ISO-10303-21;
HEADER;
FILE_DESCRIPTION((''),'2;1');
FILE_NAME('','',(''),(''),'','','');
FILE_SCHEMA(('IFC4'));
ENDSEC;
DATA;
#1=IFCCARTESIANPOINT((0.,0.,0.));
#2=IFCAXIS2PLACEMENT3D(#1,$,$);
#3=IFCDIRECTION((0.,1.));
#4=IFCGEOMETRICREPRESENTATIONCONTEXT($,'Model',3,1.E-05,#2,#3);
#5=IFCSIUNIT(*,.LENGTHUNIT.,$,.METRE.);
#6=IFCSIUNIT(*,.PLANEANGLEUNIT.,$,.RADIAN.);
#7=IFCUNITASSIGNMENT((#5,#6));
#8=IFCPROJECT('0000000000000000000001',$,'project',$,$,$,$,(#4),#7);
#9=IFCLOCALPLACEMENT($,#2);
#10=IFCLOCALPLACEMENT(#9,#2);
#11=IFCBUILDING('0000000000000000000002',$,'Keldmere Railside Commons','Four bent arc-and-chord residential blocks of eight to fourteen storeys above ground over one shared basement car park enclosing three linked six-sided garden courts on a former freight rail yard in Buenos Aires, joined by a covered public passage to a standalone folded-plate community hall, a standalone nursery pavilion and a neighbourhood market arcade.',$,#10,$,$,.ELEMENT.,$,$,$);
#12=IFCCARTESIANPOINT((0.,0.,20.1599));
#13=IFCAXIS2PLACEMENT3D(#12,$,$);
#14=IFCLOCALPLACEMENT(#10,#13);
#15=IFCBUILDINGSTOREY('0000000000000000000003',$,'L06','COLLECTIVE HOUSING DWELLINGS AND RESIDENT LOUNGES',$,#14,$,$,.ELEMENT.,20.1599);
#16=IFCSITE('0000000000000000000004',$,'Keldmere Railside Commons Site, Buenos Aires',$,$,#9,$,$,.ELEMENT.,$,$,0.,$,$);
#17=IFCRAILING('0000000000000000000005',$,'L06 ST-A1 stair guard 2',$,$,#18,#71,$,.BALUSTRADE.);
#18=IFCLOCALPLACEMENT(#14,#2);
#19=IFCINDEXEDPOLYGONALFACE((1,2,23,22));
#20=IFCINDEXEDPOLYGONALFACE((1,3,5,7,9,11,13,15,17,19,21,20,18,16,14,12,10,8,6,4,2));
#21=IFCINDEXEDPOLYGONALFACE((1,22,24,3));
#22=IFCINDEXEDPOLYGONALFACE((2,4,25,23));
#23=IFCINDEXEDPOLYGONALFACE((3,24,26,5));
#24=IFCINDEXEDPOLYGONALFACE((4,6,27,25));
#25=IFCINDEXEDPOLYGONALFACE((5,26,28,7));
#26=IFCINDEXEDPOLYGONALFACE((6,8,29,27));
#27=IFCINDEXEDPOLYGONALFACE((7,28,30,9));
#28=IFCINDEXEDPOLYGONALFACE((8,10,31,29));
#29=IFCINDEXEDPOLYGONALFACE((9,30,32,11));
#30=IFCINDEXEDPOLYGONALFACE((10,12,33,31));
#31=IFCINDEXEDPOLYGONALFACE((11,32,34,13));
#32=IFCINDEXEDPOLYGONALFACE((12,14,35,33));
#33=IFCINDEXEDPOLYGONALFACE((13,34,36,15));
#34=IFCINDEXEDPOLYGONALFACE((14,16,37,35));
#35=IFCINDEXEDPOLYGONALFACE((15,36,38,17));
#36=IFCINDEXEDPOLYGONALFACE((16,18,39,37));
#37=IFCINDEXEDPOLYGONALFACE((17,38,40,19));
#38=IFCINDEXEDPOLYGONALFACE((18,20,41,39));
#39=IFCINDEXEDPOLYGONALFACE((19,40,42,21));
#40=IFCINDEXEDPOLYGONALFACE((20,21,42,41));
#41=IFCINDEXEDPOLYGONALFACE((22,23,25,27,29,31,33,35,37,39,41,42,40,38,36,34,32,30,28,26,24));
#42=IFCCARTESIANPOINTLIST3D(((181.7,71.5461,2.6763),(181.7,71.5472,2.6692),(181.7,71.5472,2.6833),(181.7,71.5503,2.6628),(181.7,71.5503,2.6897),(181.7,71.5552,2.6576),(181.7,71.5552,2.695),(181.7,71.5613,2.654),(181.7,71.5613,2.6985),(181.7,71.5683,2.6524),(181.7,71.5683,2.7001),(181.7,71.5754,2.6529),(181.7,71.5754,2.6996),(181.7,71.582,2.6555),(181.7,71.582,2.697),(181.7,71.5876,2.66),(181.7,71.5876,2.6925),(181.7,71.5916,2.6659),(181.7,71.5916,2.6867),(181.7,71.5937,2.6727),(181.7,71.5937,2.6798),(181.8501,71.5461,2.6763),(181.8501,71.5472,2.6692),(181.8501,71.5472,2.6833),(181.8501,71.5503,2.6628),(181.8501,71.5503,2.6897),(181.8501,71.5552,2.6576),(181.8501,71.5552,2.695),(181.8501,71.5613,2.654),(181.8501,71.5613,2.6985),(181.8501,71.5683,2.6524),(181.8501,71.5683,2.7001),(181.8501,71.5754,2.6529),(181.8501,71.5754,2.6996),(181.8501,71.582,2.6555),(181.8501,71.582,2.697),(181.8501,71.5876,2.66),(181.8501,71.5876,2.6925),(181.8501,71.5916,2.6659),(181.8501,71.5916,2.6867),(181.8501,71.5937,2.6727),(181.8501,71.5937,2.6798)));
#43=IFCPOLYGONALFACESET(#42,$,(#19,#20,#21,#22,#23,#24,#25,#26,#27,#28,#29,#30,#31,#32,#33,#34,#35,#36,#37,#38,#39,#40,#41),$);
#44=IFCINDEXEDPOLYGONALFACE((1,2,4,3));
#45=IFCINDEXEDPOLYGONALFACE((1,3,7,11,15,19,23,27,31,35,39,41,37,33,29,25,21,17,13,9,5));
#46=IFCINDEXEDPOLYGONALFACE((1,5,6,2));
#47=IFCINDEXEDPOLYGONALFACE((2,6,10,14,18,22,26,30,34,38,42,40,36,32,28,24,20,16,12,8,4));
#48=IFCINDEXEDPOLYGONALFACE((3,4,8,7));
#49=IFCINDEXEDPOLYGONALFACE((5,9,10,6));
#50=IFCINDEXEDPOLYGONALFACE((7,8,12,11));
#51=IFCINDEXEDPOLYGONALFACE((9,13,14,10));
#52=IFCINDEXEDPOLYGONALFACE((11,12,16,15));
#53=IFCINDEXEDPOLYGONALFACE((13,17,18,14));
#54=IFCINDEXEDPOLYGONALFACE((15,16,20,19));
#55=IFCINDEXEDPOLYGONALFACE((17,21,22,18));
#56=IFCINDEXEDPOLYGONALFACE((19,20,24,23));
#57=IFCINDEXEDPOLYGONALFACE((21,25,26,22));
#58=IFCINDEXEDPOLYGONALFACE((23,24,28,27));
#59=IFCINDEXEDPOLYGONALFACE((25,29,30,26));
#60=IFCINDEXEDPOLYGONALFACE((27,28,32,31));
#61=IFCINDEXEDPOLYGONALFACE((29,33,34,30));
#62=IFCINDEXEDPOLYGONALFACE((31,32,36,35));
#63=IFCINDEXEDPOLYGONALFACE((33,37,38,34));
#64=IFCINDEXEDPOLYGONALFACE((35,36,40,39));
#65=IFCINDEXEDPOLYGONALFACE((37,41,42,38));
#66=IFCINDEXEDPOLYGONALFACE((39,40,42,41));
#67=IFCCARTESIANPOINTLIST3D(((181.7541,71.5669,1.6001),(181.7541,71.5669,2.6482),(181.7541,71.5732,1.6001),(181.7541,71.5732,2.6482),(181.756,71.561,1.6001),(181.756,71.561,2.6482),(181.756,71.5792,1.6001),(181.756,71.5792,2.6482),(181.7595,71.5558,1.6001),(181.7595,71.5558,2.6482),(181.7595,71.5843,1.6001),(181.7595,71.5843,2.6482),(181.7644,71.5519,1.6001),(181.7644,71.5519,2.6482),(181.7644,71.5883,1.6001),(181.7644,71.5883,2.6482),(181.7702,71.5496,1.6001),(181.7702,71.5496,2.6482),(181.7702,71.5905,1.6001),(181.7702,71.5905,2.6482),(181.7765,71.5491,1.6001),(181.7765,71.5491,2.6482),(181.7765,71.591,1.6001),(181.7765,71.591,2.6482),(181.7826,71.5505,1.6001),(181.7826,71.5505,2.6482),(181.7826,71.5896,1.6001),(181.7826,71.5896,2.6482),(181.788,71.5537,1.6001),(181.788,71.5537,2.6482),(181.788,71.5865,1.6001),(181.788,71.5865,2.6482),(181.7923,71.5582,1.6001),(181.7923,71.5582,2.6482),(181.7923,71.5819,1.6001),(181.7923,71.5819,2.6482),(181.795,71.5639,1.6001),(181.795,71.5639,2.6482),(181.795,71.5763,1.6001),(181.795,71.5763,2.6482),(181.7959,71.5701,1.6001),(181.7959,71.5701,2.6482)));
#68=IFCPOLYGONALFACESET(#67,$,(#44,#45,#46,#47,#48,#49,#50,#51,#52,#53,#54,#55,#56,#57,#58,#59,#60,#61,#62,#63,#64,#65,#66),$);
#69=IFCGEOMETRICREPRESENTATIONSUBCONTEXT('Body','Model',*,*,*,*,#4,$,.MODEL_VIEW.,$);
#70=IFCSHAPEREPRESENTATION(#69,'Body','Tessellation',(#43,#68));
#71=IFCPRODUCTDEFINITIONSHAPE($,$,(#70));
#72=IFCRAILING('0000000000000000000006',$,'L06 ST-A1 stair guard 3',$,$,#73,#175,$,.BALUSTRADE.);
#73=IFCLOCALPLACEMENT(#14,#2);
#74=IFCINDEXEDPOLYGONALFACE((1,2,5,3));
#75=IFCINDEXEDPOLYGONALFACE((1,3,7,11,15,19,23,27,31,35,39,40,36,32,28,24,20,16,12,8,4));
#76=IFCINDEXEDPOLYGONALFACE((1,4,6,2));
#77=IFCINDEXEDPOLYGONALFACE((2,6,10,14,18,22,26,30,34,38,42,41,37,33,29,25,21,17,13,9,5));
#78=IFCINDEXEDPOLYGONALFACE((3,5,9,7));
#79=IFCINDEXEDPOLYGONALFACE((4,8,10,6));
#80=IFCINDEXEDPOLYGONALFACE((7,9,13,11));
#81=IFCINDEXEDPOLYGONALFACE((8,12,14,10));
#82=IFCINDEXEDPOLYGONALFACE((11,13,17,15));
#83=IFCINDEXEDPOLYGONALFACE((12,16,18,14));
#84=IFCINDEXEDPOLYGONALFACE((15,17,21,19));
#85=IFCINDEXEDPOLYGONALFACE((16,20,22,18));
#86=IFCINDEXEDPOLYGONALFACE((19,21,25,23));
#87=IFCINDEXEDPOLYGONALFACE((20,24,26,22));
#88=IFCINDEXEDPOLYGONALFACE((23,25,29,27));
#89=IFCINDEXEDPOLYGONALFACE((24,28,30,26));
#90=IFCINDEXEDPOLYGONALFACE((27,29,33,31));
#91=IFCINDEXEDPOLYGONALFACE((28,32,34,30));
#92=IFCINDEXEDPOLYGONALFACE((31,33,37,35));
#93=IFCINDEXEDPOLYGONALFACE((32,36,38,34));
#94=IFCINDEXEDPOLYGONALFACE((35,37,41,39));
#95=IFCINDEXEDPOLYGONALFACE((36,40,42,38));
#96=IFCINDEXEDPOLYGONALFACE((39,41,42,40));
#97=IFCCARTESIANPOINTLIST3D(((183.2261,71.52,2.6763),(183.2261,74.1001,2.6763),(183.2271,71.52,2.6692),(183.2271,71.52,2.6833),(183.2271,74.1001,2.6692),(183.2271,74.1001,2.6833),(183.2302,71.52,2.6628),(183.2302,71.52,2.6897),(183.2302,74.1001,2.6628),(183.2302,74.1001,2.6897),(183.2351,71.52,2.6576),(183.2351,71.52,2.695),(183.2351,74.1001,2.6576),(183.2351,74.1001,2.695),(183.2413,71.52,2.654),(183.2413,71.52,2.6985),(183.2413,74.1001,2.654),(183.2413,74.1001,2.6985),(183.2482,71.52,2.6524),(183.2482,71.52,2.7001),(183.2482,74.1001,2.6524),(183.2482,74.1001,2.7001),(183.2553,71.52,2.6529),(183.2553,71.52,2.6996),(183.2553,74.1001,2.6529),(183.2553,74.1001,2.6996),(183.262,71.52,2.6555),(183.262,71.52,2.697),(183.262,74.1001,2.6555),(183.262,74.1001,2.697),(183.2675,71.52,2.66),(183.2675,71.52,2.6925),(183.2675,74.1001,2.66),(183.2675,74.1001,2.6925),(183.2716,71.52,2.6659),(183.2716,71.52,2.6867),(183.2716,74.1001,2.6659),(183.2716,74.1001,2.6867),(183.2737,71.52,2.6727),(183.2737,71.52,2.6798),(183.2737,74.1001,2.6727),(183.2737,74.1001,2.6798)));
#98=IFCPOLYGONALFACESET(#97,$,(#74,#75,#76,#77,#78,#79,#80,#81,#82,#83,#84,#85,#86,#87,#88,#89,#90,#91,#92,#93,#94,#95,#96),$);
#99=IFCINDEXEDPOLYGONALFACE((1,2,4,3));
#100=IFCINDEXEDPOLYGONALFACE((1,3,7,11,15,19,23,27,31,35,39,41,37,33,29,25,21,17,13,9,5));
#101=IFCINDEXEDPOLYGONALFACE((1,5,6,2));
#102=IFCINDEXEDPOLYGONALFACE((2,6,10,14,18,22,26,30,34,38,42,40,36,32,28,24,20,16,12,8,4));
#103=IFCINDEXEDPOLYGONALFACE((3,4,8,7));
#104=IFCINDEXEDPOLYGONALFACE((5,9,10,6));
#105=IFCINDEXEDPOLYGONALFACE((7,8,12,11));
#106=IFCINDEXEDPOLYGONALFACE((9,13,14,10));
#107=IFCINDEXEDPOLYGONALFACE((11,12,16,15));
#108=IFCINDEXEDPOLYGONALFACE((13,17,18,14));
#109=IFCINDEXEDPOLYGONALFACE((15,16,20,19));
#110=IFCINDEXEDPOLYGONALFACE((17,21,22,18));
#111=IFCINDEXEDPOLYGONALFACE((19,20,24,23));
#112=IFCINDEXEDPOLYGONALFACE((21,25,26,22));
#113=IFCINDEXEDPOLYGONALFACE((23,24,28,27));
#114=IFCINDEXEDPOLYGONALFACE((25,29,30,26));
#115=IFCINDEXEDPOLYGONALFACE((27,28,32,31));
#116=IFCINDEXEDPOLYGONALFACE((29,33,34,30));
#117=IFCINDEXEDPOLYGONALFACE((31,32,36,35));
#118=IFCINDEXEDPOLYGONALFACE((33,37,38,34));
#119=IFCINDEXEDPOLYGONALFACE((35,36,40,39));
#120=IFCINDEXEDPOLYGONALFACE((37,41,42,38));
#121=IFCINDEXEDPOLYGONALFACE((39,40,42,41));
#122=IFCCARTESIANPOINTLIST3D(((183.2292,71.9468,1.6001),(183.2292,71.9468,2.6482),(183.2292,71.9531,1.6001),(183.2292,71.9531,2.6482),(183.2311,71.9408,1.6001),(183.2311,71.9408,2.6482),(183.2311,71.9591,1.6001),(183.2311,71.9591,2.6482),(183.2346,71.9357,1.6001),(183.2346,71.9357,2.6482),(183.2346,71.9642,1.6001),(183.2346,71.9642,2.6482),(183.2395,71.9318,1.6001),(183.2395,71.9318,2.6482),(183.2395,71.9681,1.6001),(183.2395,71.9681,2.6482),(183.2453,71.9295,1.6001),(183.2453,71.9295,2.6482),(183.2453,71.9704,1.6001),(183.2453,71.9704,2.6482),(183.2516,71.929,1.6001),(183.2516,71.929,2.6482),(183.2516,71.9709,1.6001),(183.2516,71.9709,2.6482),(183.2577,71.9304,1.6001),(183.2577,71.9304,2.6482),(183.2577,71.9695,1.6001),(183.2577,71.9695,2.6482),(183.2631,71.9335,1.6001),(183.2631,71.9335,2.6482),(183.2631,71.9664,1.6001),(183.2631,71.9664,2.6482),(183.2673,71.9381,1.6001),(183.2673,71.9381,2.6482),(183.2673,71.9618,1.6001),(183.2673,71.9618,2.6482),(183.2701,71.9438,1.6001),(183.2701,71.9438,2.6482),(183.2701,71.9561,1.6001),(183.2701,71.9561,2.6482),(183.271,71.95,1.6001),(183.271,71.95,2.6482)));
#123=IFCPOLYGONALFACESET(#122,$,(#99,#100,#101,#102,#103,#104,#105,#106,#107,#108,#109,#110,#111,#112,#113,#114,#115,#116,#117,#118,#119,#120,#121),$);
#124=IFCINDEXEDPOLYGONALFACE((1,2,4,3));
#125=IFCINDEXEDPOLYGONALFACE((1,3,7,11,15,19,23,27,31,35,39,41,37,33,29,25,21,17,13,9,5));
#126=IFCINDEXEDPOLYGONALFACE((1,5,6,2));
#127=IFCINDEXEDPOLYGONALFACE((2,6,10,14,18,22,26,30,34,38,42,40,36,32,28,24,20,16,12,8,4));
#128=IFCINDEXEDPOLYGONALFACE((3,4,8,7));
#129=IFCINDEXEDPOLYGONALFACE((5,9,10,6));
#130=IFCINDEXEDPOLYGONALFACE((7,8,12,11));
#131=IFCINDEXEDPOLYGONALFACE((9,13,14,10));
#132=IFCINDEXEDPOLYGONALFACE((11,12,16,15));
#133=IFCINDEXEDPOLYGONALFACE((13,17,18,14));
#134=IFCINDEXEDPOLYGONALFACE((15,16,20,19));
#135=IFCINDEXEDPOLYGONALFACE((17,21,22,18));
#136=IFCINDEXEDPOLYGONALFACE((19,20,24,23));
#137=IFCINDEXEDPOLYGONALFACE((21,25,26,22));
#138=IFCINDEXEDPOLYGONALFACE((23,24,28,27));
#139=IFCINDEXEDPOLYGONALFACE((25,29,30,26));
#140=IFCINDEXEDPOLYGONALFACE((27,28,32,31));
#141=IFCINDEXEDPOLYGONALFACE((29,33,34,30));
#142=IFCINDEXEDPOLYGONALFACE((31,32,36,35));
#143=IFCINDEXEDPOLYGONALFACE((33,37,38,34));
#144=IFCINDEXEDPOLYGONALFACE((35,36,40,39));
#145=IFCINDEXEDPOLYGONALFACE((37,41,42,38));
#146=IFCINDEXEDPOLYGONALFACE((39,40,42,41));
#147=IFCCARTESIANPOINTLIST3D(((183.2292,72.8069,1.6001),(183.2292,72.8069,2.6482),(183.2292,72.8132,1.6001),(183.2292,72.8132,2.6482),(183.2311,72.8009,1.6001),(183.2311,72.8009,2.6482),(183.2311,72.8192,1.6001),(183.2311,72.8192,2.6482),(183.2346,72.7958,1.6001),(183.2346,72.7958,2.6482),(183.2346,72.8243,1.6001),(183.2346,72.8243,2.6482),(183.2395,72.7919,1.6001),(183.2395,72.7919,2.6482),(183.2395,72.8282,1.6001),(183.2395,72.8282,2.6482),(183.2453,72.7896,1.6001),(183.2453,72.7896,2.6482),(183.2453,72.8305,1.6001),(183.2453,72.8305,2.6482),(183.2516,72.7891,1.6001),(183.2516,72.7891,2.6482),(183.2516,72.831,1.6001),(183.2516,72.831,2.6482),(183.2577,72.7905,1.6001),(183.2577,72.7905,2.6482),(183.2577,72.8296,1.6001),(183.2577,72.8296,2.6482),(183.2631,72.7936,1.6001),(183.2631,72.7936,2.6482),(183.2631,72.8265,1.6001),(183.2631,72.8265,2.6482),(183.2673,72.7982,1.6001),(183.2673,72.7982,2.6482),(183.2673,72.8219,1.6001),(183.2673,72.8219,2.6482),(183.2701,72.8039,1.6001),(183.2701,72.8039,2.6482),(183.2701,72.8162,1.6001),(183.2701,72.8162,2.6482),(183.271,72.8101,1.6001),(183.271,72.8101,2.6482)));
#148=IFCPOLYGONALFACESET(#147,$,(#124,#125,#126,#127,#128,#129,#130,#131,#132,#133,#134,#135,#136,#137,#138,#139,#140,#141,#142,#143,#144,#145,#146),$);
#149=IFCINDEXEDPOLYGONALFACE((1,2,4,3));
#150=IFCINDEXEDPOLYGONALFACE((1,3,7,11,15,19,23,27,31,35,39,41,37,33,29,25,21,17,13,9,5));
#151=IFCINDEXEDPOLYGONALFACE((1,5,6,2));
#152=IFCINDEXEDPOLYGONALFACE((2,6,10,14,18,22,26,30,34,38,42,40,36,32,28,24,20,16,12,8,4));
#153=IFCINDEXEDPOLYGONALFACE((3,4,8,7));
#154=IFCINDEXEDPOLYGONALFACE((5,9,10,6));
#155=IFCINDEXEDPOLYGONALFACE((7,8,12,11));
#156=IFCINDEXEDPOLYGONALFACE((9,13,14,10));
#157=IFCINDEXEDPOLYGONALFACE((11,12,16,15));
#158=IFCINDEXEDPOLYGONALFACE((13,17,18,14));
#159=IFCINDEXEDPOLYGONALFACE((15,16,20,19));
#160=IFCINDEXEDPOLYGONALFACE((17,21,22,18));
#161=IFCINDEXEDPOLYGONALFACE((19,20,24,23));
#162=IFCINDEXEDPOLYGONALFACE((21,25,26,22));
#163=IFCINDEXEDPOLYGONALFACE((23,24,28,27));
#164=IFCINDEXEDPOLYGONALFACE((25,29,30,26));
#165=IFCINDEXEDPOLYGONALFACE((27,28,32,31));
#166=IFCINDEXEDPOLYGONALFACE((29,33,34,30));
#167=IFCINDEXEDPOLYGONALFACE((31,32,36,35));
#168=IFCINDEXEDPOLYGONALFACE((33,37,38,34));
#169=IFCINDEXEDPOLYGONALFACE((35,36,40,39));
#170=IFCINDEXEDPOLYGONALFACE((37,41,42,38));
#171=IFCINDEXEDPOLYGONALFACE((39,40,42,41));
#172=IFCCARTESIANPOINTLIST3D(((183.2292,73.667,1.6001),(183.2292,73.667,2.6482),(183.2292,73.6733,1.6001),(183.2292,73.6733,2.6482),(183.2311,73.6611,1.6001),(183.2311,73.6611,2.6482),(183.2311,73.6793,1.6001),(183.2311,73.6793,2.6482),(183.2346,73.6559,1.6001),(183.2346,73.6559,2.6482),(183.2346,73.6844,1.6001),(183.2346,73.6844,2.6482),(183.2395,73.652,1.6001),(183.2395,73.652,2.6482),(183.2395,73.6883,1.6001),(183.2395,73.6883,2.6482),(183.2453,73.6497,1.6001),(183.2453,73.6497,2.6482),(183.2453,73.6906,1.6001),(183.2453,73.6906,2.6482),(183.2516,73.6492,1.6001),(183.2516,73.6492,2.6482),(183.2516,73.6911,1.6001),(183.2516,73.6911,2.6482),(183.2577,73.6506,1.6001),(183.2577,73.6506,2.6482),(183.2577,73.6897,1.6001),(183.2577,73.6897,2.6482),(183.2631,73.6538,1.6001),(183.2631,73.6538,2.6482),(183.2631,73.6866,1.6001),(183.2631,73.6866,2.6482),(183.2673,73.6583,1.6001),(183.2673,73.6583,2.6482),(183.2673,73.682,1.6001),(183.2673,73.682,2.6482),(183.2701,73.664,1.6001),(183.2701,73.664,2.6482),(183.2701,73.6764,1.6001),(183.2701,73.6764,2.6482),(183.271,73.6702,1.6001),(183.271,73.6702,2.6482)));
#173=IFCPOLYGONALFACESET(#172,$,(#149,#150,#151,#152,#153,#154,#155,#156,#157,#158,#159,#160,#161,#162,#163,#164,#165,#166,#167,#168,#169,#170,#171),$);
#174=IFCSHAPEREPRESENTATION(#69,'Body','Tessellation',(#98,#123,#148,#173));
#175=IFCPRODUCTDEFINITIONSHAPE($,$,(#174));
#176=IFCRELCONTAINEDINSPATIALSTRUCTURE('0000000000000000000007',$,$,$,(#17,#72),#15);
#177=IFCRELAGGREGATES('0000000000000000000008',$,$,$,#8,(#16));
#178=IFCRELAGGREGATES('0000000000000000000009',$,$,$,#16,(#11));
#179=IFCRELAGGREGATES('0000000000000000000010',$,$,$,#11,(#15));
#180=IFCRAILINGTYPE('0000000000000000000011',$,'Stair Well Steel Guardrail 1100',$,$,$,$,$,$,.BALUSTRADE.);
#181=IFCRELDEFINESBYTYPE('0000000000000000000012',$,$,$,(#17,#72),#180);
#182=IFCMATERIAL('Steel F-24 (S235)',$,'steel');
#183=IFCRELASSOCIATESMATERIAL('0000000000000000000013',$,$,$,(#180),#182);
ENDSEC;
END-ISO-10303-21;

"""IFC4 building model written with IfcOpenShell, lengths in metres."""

from ifc_helpers import new_model, si_unit, direction, frame, origin, origin_2d, place, context, subcontext, project, spatial, circle, extrude, material, type_object, element, save


model = new_model("IFC4")

# Units and contexts
model_context = context("Model", 3, precision=1e-05, world=origin(), true_north=direction((0.0, 1.0)))
body_context = subcontext(model_context, "Body", "Model", "MODEL_VIEW")
ifc_project = project(units=[si_unit("LENGTHUNIT", "METRE"), si_unit("PLANEANGLEUNIT", "RADIAN")], contexts=[model_context])

# Site, building, storey
site_placement = place(None, origin())
site = spatial("IfcSite", under=ifc_project, at=site_placement, Name="Keldmere Railside Commons Site, Buenos Aires", CompositionType="ELEMENT", RefElevation=0.0)
building_placement = place(site_placement, origin())
building = spatial("IfcBuilding", under=site, at=building_placement, Name="Keldmere Railside Commons", Description="Four bent arc-and-chord residential blocks of eight to fourteen storeys above ground over one shared basement car park enclosing three linked six-sided garden courts on a former freight rail yard in Buenos Aires, joined by a covered public passage to a standalone folded-plate community hall, a standalone nursery pavilion and a neighbourhood market arcade.", CompositionType="ELEMENT")
storey_placement = place(building_placement, frame((0.0, 0.0, 20.1599)))
storey = spatial("IfcBuildingStorey", under=building, at=storey_placement, Name="L06", Description="COLLECTIVE HOUSING DWELLINGS AND RESIDENT LOUNGES", CompositionType="ELEMENT", Elevation=20.1599)

# Shared definitions
ifc_material_1 = material(Name="Steel F-24 (S235)", Category="steel")

# Railings
railing_type_1 = type_object("IfcRailingType", Name="Stair Well Steel Guardrail 1100", PredefinedType="BALUSTRADE", material=ifc_material_1)
railing_1_placement = place(storey_placement, frame((181.8501, 71.5701, 1.6001)))
element("IfcRailing", 1, at=railing_1_placement, inside=storey, type_object=railing_type_1, Name="L06 ST-A1 stair guard 2", PredefinedType="BALUSTRADE", context=body_context, shape_type="SweptSolid", body=[
    extrude(circle(Radius=0.0239, at=origin_2d()), frame((0.0, 0.0, 1.0762), z_axis=(-1.0, 0.0, 0.0), x_axis=(0.0, -1.0, 0.0)), (0.0, 0.0, 1.0), 0.1501),
    extrude(circle(Radius=0.021, at=origin_2d()), frame((-0.0752, 0.0, 0.0)), (0.0, 0.0, 1.0), 1.0481),
])
for number, where, name in (
    (2, (183.25, 71.52, 1.6001), "L06 ST-A1 stair guard 3"),
):
    element("IfcRailing", number, at=place(storey_placement, frame(where)), inside=storey, type_object=railing_type_1, Name=name, PredefinedType="BALUSTRADE", context=body_context, shape_type="SweptSolid", body=[
        extrude(circle(Radius=0.0239, at=origin_2d()), frame((0.0, 0.0, 1.0762), z_axis=(0.0, 1.0, 0.0), x_axis=(-1.0, 0.0, 0.0)), (0.0, 0.0, 1.0), 2.5801),
        extrude(circle(Radius=0.021, at=origin_2d()), frame((0.0, 0.4299, 0.0)), (0.0, 0.0, 1.0), 1.0481),
        extrude(circle(Radius=0.021, at=origin_2d()), frame((0.0, 1.29, 0.0)), (0.0, 0.0, 1.0), 1.0481),
        extrude(circle(Radius=0.021, at=origin_2d()), frame((0.0, 2.1501, 0.0)), (0.0, 0.0, 1.0), 1.0481),
    ])

save(model, "model.ifc")
